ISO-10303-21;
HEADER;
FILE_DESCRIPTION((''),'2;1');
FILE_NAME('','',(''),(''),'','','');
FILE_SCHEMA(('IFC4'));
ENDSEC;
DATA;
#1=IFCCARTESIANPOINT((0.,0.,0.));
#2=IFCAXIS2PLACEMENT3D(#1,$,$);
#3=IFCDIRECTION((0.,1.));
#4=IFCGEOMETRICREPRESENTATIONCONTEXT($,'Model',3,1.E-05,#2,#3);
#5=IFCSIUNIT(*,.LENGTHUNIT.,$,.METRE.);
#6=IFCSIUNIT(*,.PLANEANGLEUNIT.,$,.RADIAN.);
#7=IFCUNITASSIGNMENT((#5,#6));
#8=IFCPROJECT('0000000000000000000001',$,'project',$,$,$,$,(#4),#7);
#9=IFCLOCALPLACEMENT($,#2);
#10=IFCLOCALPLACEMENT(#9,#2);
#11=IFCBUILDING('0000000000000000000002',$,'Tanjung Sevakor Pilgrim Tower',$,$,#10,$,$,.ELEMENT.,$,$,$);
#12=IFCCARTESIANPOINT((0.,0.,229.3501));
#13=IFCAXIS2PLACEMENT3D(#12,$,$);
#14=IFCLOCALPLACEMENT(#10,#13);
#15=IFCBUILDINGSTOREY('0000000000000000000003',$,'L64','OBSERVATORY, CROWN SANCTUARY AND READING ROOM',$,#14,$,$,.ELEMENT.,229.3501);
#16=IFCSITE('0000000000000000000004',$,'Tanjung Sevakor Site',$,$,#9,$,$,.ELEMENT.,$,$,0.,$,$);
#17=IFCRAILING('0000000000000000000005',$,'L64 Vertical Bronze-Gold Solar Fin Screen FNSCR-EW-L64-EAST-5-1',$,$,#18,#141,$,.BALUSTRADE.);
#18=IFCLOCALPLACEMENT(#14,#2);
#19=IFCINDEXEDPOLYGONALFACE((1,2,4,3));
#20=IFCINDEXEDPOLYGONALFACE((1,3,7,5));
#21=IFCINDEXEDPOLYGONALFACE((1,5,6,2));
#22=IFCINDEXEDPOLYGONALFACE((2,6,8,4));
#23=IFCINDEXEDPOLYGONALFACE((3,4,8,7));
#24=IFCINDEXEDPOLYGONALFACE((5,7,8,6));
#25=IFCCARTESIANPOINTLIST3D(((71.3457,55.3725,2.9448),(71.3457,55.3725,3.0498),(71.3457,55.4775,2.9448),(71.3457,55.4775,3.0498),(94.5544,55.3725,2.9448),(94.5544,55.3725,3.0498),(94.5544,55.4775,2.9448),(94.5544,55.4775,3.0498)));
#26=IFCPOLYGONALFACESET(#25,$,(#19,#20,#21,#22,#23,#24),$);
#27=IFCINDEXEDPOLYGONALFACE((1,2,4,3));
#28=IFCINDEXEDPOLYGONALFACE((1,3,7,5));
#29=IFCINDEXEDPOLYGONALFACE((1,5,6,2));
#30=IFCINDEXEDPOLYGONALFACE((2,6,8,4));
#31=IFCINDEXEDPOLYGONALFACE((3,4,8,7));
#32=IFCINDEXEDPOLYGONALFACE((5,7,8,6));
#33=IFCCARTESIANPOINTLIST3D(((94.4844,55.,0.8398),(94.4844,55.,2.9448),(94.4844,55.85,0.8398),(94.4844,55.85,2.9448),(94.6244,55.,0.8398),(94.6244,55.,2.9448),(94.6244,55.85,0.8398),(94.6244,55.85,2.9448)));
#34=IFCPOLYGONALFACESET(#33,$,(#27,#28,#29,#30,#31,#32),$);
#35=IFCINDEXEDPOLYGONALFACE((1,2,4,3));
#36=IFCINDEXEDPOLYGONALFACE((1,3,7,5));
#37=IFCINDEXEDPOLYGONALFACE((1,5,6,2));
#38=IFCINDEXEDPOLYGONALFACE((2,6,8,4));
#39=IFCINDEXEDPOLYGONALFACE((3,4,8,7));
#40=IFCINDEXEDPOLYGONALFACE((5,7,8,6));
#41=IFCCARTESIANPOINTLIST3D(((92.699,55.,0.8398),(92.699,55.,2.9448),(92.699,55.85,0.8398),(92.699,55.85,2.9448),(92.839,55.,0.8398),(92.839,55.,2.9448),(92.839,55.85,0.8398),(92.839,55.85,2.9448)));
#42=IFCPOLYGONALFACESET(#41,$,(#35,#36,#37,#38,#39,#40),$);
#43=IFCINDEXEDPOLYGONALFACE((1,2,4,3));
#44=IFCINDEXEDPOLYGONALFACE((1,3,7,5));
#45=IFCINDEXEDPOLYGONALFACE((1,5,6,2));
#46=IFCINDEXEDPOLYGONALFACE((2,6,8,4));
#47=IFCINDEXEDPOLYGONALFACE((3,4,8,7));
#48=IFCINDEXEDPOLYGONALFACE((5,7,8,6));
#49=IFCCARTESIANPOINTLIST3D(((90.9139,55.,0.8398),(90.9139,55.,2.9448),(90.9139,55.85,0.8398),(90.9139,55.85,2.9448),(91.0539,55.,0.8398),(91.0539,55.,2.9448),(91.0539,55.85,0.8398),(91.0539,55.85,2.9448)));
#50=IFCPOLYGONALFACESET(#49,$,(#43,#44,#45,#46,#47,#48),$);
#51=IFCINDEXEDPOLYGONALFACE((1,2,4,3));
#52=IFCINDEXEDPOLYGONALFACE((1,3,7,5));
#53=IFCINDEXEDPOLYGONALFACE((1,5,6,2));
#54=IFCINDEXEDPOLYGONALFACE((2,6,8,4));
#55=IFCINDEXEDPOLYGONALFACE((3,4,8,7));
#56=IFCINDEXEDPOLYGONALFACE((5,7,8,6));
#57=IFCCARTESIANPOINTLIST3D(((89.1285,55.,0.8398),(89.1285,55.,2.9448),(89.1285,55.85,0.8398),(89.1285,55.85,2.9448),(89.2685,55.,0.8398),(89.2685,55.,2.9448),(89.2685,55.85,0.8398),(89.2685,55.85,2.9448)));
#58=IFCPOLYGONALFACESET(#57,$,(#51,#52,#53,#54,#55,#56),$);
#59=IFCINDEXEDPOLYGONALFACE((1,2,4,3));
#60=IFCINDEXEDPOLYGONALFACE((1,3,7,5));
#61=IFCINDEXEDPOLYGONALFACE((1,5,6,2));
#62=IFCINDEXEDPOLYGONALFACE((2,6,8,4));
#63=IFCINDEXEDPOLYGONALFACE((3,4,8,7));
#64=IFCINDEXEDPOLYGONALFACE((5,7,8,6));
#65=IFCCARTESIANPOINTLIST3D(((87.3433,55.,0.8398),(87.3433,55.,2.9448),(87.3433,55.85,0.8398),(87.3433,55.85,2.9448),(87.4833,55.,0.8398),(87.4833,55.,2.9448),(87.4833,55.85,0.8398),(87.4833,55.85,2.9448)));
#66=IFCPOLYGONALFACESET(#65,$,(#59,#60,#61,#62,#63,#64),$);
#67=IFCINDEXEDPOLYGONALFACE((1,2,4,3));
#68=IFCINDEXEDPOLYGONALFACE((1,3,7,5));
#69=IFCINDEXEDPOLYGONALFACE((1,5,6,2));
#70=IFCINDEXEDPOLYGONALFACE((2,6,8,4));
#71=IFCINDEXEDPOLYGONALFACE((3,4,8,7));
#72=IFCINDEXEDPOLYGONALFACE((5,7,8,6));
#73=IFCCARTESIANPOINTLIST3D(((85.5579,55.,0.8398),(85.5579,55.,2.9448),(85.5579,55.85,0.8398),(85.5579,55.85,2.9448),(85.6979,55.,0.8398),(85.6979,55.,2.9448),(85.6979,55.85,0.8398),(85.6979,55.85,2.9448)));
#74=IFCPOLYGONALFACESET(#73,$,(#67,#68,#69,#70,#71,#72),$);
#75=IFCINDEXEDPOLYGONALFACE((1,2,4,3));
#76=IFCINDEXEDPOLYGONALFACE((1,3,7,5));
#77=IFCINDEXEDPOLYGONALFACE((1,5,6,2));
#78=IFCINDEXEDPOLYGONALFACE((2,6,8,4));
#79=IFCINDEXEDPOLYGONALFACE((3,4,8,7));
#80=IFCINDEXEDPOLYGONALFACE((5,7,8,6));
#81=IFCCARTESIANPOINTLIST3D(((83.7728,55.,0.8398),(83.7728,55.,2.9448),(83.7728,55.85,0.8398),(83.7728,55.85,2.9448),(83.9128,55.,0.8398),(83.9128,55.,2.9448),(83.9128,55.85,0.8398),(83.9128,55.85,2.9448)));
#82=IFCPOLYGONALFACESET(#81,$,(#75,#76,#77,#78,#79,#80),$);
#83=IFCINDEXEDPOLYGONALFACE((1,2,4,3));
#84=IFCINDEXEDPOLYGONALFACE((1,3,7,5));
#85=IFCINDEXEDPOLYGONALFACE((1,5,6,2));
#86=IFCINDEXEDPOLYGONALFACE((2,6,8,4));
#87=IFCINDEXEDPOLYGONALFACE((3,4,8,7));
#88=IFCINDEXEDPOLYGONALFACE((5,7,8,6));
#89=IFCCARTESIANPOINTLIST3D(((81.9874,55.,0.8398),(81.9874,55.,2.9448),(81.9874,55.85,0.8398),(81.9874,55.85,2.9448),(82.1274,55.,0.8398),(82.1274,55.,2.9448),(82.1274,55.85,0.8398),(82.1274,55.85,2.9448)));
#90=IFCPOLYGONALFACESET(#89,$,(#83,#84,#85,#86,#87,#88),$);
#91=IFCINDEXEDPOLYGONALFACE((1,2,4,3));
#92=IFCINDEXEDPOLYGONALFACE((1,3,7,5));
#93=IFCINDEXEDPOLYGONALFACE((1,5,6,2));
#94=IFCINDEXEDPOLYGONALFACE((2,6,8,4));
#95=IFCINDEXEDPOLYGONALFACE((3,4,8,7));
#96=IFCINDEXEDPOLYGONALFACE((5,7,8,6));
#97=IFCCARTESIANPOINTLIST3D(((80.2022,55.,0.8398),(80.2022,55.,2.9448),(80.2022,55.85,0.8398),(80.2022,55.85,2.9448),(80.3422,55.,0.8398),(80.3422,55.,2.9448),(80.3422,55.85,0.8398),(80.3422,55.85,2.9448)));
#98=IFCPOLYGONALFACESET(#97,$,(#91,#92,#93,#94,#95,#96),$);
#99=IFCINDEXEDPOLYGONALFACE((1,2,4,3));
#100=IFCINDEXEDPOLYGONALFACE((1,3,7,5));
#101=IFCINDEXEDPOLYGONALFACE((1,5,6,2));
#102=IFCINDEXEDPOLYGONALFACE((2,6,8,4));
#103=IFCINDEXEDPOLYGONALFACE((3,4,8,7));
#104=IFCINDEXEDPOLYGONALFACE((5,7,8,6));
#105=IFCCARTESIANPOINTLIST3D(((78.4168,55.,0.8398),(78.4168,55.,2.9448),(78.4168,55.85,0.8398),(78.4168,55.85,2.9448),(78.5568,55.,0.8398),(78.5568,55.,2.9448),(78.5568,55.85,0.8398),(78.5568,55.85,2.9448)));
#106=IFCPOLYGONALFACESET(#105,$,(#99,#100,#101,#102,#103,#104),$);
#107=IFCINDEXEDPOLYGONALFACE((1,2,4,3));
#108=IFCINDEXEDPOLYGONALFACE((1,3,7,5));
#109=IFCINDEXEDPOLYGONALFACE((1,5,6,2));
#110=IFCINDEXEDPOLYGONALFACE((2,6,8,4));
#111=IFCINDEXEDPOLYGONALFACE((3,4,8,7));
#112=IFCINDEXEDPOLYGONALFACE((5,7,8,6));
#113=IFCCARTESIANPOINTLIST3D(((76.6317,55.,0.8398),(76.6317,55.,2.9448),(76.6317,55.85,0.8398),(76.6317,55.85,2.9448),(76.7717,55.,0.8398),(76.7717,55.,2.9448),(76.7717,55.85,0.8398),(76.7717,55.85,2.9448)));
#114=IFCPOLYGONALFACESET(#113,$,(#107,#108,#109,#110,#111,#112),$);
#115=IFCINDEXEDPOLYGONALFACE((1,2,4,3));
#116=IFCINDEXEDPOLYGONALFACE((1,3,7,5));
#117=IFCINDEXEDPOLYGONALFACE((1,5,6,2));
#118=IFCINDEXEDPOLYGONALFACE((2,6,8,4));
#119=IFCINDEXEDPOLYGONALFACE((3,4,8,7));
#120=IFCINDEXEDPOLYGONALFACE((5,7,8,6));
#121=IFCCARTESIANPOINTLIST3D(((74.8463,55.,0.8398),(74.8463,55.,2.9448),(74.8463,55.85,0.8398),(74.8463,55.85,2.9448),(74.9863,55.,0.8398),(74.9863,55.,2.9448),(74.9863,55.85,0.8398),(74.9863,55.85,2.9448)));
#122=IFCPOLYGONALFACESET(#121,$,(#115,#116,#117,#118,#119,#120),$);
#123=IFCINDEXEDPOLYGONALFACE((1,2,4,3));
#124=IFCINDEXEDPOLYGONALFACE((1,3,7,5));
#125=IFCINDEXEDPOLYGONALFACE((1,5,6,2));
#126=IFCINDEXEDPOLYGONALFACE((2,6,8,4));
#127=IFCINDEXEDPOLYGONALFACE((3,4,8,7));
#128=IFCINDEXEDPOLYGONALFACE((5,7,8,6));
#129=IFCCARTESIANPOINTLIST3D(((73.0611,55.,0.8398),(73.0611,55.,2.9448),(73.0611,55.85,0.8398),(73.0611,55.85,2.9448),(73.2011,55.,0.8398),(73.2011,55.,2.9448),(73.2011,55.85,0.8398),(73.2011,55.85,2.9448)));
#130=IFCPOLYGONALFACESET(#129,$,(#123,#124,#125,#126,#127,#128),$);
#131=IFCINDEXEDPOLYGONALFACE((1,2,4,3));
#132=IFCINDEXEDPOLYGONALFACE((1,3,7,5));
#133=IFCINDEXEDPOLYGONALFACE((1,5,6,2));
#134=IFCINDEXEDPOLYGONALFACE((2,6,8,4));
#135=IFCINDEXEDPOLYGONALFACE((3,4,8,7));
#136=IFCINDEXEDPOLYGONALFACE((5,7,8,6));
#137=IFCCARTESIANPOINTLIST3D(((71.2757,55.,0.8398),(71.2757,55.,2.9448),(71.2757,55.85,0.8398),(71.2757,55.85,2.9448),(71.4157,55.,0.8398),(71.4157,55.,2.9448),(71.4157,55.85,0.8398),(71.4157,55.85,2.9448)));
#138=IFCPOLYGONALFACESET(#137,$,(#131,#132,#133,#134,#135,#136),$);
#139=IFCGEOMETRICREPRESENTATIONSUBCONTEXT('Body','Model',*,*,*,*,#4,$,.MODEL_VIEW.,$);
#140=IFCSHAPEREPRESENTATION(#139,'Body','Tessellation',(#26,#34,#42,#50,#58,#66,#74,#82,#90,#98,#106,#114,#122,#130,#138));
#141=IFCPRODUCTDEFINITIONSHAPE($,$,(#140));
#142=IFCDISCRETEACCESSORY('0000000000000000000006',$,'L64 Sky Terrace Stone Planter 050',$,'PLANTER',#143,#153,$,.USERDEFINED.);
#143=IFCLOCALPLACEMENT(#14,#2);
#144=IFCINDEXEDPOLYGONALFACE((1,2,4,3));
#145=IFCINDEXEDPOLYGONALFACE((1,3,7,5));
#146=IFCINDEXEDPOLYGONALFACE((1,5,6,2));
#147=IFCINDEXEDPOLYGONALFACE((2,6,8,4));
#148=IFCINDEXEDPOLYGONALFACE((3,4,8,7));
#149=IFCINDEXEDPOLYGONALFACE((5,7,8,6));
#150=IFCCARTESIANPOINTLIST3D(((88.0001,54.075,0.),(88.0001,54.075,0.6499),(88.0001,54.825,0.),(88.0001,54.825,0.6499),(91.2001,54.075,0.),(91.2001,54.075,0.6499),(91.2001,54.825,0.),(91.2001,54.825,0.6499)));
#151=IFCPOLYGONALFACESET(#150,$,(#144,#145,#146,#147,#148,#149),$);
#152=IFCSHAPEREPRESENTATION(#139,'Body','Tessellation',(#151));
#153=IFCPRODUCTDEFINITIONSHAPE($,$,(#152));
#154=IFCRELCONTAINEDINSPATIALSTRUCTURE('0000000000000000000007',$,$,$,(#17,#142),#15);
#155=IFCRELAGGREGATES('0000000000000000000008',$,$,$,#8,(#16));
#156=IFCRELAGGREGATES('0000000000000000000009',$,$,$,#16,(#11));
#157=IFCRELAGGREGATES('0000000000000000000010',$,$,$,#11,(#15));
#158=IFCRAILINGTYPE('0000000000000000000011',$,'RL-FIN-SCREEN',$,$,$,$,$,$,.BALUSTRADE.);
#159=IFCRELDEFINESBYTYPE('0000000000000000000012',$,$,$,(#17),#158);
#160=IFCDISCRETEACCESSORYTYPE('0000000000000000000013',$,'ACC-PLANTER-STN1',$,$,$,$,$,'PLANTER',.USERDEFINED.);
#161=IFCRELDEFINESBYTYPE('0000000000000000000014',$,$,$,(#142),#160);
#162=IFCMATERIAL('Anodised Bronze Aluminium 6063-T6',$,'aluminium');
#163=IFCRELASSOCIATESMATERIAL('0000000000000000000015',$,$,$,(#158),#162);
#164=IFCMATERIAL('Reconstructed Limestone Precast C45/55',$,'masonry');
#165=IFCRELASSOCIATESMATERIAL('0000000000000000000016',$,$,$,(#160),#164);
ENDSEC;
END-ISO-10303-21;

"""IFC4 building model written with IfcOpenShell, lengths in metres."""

from ifc_helpers import new_model, si_unit, direction, frame, origin, origin_2d, place, context, subcontext, project, spatial, rectangle, extrude, material, type_object, element, save


model = new_model("IFC4")

# Units and contexts
model_context = context("Model", 3, precision=1e-05, world=origin(), true_north=direction((0.0, 1.0)))
body_context = subcontext(model_context, "Body", "Model", "MODEL_VIEW")
ifc_project = project(units=[si_unit("LENGTHUNIT", "METRE"), si_unit("PLANEANGLEUNIT", "RADIAN")], contexts=[model_context])

# Site, building, storey
site_placement = place(None, origin())
site = spatial("IfcSite", under=ifc_project, at=site_placement, Name="Tanjung Sevakor Site", CompositionType="ELEMENT", RefElevation=0.0)
building_placement = place(site_placement, origin())
building = spatial("IfcBuilding", under=site, at=building_placement, Name="Tanjung Sevakor Pilgrim Tower", CompositionType="ELEMENT")
storey_placement = place(building_placement, frame((0.0, 0.0, 229.3501)))
storey = spatial("IfcBuildingStorey", under=building, at=storey_placement, Name="L64", Description="OBSERVATORY, CROWN SANCTUARY AND READING ROOM", CompositionType="ELEMENT", Elevation=229.3501)

# Railing
ifc_material_1 = material(Name="Anodised Bronze Aluminium 6063-T6", Category="aluminium")
railing_type_1 = type_object("IfcRailingType", Name="RL-FIN-SCREEN", PredefinedType="BALUSTRADE", material=ifc_material_1)
railing_1_placement = place(storey_placement, frame((94.5544, 55.425, 0.8398)))
element("IfcRailing", 1, at=railing_1_placement, inside=storey, type_object=railing_type_1, Name="L64 Vertical Bronze-Gold Solar Fin Screen FNSCR-EW-L64-EAST-5-1", PredefinedType="BALUSTRADE", context=body_context, shape_type="SweptSolid", body=[
    extrude(rectangle(XDim=0.105, YDim=0.105), frame((0.0, 0.0, 2.1575), z_axis=(-1.0, 0.0, 0.0), x_axis=(0.0, -1.0, 0.0)), (0.0, 0.0, 1.0), 23.2087),
    extrude(rectangle(XDim=0.14, YDim=0.85), origin(), (0.0, 0.0, 1.0), 2.105),
    extrude(rectangle(XDim=0.14, YDim=0.85), frame((-1.7854, 0.0, 0.0)), (0.0, 0.0, 1.0), 2.105),
    extrude(rectangle(XDim=0.14, YDim=0.85), frame((-3.5706, 0.0, 0.0)), (0.0, 0.0, 1.0), 2.105),
    extrude(rectangle(XDim=0.14, YDim=0.85), frame((-5.356, 0.0, 0.0)), (0.0, 0.0, 1.0), 2.105),
    extrude(rectangle(XDim=0.14, YDim=0.85), frame((-7.1411, 0.0, 0.0)), (0.0, 0.0, 1.0), 2.105),
    extrude(rectangle(XDim=0.14, YDim=0.85), frame((-8.9265, 0.0, 0.0)), (0.0, 0.0, 1.0), 2.105),
    extrude(rectangle(XDim=0.14, YDim=0.85), frame((-10.7117, 0.0, 0.0)), (0.0, 0.0, 1.0), 2.105),
    extrude(rectangle(XDim=0.14, YDim=0.85), frame((-12.4971, 0.0, 0.0)), (0.0, 0.0, 1.0), 2.105),
    extrude(rectangle(XDim=0.14, YDim=0.85), frame((-14.2822, 0.0, 0.0)), (0.0, 0.0, 1.0), 2.105),
    extrude(rectangle(XDim=0.14, YDim=0.85), frame((-16.0676, 0.0, 0.0)), (0.0, 0.0, 1.0), 2.105),
    extrude(rectangle(XDim=0.14, YDim=0.85), frame((-17.8528, 0.0, 0.0)), (0.0, 0.0, 1.0), 2.105),
    extrude(rectangle(XDim=0.14, YDim=0.85), frame((-19.6382, 0.0, 0.0)), (0.0, 0.0, 1.0), 2.105),
    extrude(rectangle(XDim=0.14, YDim=0.85), frame((-21.4233, 0.0, 0.0)), (0.0, 0.0, 1.0), 2.105),
    extrude(rectangle(XDim=0.14, YDim=0.85), frame((-23.2087, 0.0, 0.0)), (0.0, 0.0, 1.0), 2.105),
])

# Discrete accessory
ifc_material_2 = material(Name="Reconstructed Limestone Precast C45/55", Category="masonry")
discrete_accessory_type = type_object("IfcDiscreteAccessoryType", Name="ACC-PLANTER-STN1", ElementType="PLANTER", PredefinedType="USERDEFINED", material=ifc_material_2)
discrete_accessory_placement = place(storey_placement, frame((89.6001, 54.45, 0.0), z_axis=(0.0, 0.0, 1.0), x_axis=(1.0, 0.0, 0.0)))
element("IfcDiscreteAccessory", 2, at=discrete_accessory_placement, inside=storey, type_object=discrete_accessory_type, Name="L64 Sky Terrace Stone Planter 050", ObjectType="PLANTER", PredefinedType="USERDEFINED", context=body_context, shape_type="SweptSolid", body=[
    extrude(rectangle(XDim=3.2, YDim=0.75, at=origin_2d()), origin(), (0.0, 0.0, 1.0), 0.6499),
])

save(model, "model.ifc")
